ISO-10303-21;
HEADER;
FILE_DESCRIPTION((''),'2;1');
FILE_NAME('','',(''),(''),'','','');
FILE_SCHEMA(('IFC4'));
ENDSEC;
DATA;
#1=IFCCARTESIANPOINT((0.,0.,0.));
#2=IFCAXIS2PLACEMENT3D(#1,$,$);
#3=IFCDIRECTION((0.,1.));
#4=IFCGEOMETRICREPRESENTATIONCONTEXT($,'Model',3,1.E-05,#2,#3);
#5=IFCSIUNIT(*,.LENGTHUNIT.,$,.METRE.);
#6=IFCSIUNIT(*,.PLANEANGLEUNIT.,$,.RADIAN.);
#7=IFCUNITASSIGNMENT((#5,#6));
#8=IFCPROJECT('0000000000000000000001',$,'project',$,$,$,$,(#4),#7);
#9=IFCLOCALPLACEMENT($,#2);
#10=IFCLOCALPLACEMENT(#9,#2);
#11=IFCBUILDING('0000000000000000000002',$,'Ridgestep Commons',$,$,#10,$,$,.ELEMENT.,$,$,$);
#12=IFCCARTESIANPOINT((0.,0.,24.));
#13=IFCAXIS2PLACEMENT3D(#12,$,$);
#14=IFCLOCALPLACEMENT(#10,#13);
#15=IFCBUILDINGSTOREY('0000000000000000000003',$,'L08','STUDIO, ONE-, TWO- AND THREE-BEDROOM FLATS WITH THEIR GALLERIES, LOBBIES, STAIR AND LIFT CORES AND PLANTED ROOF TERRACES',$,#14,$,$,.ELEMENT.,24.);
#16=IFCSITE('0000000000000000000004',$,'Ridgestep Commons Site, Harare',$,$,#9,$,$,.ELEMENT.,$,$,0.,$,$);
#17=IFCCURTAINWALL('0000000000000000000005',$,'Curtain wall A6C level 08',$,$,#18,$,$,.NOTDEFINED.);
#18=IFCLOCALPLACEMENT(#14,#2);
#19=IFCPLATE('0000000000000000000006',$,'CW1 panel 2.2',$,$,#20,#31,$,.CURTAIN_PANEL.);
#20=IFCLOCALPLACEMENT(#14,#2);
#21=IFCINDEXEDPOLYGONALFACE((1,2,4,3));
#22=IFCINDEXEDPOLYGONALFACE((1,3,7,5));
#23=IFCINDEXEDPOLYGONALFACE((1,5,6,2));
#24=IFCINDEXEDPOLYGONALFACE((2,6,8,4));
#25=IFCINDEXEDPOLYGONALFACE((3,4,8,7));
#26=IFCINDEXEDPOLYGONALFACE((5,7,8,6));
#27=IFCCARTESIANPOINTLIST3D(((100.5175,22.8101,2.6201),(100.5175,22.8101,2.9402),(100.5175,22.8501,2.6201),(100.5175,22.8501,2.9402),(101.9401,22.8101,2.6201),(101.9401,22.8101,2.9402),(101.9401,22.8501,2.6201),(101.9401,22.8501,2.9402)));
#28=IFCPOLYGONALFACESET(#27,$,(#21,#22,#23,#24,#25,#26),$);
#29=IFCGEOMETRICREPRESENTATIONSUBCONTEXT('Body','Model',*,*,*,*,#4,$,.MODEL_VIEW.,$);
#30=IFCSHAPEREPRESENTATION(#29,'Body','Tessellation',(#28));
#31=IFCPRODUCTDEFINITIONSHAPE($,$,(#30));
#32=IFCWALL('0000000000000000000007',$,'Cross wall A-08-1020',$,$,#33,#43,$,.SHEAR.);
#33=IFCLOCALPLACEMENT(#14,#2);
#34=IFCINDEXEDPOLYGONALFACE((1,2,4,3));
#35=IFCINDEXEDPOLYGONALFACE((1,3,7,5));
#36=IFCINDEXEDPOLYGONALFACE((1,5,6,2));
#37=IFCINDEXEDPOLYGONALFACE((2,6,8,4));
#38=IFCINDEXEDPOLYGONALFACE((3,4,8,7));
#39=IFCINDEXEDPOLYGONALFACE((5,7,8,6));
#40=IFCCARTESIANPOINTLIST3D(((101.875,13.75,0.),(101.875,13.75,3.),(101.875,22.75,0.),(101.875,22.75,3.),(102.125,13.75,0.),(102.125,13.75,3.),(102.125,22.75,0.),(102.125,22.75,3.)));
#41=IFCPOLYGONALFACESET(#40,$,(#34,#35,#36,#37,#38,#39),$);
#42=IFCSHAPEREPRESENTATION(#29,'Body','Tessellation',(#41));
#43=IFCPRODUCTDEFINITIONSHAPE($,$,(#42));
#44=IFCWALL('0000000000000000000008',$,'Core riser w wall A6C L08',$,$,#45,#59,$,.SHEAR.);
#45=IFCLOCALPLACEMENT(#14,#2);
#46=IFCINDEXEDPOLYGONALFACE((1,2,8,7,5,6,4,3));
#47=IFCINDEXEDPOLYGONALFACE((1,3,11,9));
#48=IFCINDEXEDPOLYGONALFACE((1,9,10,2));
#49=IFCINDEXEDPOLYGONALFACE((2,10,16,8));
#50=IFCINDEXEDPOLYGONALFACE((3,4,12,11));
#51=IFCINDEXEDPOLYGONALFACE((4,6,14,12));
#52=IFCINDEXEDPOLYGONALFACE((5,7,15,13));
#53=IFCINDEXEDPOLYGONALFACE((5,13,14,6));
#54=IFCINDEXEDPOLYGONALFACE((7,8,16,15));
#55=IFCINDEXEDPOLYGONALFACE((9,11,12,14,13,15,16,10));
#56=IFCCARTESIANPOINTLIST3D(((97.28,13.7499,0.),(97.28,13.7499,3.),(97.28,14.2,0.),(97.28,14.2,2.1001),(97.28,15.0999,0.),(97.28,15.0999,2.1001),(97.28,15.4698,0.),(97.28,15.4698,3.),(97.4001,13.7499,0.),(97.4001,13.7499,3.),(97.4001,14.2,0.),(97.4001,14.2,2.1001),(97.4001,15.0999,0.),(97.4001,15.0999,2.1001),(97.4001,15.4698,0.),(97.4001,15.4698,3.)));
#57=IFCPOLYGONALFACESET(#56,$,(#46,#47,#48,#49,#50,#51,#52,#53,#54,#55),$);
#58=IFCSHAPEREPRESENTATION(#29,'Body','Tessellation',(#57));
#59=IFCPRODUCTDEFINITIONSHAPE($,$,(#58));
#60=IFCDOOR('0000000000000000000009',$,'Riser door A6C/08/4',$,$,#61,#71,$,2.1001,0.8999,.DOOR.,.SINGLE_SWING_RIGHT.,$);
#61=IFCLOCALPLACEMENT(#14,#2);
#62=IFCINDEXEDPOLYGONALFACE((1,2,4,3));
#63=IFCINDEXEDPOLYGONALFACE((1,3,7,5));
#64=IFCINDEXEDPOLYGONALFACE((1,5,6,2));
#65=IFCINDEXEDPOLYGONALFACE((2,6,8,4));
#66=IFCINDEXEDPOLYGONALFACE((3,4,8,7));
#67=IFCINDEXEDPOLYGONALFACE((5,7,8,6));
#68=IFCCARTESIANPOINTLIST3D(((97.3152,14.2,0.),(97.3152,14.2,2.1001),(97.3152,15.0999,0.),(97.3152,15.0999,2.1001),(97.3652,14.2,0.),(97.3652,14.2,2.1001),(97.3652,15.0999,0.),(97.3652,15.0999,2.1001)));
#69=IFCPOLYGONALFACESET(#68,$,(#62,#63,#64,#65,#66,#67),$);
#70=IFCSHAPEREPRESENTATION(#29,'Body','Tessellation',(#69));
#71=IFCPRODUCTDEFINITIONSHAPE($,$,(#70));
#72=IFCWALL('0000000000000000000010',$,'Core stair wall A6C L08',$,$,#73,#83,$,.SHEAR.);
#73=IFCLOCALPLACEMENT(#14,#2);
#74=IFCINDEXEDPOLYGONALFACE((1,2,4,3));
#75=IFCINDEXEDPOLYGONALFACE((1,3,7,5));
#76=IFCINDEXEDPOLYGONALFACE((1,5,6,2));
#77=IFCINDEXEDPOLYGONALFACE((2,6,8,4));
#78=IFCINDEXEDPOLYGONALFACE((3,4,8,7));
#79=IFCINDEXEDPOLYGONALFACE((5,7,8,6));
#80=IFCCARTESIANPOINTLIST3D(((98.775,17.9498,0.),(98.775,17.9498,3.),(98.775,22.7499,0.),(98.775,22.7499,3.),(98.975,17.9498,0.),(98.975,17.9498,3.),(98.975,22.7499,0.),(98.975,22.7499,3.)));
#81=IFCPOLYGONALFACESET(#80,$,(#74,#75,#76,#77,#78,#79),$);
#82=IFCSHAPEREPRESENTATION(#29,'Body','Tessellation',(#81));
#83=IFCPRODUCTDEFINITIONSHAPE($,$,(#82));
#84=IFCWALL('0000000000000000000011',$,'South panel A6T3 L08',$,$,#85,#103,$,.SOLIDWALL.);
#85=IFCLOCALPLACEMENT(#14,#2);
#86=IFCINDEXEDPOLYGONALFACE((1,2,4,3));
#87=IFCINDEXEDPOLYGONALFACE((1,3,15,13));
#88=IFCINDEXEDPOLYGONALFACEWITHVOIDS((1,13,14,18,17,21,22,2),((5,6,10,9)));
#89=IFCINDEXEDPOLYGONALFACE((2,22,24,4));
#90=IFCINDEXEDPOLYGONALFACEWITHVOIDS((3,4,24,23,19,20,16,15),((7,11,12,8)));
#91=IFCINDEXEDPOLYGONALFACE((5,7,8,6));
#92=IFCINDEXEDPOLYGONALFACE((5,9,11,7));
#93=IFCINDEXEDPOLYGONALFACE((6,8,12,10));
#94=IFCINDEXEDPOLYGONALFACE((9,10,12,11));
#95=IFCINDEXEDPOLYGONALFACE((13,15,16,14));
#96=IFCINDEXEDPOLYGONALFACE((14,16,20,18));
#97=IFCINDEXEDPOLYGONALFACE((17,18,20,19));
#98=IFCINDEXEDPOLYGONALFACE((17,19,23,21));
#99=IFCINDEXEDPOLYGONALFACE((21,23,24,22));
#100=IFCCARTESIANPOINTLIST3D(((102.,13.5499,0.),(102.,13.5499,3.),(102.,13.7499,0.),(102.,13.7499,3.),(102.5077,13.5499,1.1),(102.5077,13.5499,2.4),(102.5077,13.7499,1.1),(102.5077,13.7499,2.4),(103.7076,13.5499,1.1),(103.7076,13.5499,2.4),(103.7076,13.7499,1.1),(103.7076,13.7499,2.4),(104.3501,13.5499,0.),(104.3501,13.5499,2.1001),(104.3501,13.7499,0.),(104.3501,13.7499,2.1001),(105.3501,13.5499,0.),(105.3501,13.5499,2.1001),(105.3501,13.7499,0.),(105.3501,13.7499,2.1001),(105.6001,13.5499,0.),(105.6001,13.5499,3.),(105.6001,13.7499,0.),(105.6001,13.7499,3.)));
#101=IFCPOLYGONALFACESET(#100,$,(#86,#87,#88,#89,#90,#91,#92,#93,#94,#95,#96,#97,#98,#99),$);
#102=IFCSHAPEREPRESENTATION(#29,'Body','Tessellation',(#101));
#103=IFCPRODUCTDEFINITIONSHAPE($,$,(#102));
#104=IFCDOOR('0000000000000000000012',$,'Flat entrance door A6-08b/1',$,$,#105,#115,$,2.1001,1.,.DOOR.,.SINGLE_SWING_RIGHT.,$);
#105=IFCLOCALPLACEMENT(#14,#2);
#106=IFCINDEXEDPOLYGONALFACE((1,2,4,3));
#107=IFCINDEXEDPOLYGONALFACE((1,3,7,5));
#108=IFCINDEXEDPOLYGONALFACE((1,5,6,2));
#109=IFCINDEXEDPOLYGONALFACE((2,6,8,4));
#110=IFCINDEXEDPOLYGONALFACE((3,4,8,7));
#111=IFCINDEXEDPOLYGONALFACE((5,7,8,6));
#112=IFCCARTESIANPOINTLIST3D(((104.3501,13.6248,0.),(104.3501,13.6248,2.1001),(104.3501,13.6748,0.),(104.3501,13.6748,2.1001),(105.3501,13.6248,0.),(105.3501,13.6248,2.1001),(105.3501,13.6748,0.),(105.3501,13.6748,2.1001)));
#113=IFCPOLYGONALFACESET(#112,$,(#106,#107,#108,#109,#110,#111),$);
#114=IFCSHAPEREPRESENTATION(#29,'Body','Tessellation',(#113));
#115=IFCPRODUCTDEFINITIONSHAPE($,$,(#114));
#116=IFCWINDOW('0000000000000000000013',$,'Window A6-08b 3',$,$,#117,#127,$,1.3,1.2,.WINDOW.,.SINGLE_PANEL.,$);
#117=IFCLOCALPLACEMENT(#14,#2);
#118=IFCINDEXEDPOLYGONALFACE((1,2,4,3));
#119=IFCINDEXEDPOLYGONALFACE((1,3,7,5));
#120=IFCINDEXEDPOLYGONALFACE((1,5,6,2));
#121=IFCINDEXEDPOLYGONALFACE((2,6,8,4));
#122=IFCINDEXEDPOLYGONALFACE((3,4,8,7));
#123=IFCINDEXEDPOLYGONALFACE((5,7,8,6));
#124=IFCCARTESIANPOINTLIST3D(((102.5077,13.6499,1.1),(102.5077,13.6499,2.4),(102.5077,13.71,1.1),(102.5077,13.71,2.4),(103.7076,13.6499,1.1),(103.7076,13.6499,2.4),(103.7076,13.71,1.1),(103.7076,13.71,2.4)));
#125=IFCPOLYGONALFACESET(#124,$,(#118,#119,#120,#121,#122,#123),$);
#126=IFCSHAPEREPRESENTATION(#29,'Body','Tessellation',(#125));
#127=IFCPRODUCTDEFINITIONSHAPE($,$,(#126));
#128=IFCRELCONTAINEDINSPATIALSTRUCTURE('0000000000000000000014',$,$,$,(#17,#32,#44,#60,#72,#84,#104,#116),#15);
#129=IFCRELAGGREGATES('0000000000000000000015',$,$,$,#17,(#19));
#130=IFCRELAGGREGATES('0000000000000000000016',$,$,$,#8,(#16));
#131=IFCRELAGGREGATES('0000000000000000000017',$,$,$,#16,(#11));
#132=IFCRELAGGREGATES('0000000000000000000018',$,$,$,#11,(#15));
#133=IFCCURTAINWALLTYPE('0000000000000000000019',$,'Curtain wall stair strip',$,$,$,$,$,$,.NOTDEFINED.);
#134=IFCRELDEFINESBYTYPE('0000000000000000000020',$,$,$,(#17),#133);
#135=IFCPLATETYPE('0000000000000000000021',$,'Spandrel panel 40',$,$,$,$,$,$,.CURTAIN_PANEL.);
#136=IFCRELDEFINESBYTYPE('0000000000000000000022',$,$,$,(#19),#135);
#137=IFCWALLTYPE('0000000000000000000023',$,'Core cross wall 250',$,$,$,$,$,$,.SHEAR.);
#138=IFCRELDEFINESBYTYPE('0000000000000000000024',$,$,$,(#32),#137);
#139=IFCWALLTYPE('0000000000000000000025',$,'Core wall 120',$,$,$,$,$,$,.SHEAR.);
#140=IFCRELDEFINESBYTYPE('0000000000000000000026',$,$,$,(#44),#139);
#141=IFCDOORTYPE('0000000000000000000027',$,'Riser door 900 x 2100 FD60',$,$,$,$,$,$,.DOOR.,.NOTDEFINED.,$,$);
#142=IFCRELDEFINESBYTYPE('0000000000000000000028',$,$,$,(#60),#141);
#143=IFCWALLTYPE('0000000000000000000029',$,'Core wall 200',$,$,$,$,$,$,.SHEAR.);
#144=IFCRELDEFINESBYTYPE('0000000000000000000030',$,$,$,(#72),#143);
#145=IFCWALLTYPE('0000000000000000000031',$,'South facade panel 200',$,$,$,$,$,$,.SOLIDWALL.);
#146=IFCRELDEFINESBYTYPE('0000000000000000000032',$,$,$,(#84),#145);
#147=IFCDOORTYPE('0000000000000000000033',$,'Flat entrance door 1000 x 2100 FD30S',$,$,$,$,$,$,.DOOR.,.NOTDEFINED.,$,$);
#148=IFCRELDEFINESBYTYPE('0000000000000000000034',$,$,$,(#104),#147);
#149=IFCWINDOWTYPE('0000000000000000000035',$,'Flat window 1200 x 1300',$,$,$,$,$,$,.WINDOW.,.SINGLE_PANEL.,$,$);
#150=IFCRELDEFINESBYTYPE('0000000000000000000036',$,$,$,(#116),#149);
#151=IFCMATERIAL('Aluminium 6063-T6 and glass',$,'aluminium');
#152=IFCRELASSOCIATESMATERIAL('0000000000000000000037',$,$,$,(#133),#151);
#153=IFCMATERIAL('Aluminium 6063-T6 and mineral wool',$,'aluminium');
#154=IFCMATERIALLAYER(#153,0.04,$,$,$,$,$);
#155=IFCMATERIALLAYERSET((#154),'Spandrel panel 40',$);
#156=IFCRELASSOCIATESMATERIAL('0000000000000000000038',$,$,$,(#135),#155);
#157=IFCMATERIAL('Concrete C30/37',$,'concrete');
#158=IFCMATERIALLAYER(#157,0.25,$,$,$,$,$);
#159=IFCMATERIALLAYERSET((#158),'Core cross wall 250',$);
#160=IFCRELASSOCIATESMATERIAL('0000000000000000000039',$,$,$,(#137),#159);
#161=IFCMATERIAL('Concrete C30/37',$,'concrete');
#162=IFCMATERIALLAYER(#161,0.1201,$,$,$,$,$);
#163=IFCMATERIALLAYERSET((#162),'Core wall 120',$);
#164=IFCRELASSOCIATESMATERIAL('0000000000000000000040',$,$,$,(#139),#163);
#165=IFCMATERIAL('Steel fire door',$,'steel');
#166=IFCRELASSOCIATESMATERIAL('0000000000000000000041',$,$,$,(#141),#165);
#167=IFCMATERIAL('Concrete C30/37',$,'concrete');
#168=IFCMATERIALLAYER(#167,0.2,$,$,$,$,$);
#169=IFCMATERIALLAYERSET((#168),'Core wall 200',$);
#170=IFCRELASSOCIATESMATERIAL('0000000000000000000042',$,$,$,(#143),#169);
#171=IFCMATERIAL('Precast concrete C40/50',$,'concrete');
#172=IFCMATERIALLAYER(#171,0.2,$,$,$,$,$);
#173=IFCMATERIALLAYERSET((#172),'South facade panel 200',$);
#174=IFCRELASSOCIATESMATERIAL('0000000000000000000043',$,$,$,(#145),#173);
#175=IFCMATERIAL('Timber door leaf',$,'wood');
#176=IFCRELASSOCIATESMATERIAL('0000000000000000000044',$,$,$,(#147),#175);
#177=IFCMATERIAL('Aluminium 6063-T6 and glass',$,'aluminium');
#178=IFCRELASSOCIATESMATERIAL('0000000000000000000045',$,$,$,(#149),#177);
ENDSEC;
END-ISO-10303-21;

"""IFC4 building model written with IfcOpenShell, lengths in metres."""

from ifc_helpers import new_model, si_unit, direction, frame, frame_2d, origin, origin_2d, place, context, subcontext, project, spatial, rectangle, extrude, material, layer, layer_set, type_object, element, fill, aggregate, save


model = new_model("IFC4")

# Units and contexts
model_context = context("Model", 3, precision=1e-05, world=origin(), true_north=direction((0.0, 1.0)))
body_context = subcontext(model_context, "Body", "Model", "MODEL_VIEW")
ifc_project = project(units=[si_unit("LENGTHUNIT", "METRE"), si_unit("PLANEANGLEUNIT", "RADIAN")], contexts=[model_context])

# Site, building, storey
site_placement = place(None, origin())
site = spatial("IfcSite", under=ifc_project, at=site_placement, Name="Ridgestep Commons Site, Harare", CompositionType="ELEMENT", RefElevation=0.0)
building_placement = place(site_placement, origin())
building = spatial("IfcBuilding", under=site, at=building_placement, Name="Ridgestep Commons", CompositionType="ELEMENT")
storey_placement = place(building_placement, frame((0.0, 0.0, 24.0)))
storey = spatial("IfcBuildingStorey", under=building, at=storey_placement, Name="L08", Description="STUDIO, ONE-, TWO- AND THREE-BEDROOM FLATS WITH THEIR GALLERIES, LOBBIES, STAIR AND LIFT CORES AND PLANTED ROOF TERRACES", CompositionType="ELEMENT", Elevation=24.0)

# Curtain wall, plate
ifc_material_1 = material(Name="Aluminium 6063-T6 and glass", Category="aluminium")
curtain_wall_type = type_object("IfcCurtainWallType", Name="Curtain wall stair strip", PredefinedType="NOTDEFINED", material=ifc_material_1)
curtain_wall_placement = place(storey_placement, origin())
curtain_wall = element("IfcCurtainWall", 1, at=curtain_wall_placement, inside=storey, type_object=curtain_wall_type, Name="Curtain wall A6C level 08", PredefinedType="NOTDEFINED")
ifc_material_2 = material(Name="Aluminium 6063-T6 and mineral wool", Category="aluminium")
ifc_layer_1 = layer(ifc_material_2, 0.04)
ifc_layer_set_1 = layer_set([ifc_layer_1], Name="Spandrel panel 40")
plate_type_1 = type_object("IfcPlateType", Name="Spandrel panel 40", PredefinedType="CURTAIN_PANEL", material=ifc_layer_set_1)
plate_1_placement = place(storey_placement, frame((101.2288, 22.8301, 2.6201), z_axis=(0.0, 0.0, 1.0), x_axis=(1.0, 0.0, 0.0)))
plate_1 = element("IfcPlate", 2, at=plate_1_placement, type_object=plate_type_1, Name="CW1 panel 2.2", PredefinedType="CURTAIN_PANEL", context=body_context, shape_type="SweptSolid", body=[
    extrude(rectangle(XDim=1.4226, YDim=0.04, at=origin_2d()), origin(), (0.0, 0.0, 1.0), 0.3201),
])
aggregate(curtain_wall, [plate_1])

# Wall
ifc_material_3 = material(Name="Concrete C30/37", Category="concrete")
ifc_layer_2 = layer(ifc_material_3, 0.25)
ifc_layer_set_2 = layer_set([ifc_layer_2], Name="Core cross wall 250")
wall_type_1 = type_object("IfcWallType", Name="Core cross wall 250", PredefinedType="SHEAR", material=ifc_layer_set_2)
wall_1_placement = place(storey_placement, frame((102.0, 13.75, 0.0), z_axis=(0.0, 0.0, 1.0), x_axis=(0.0, 1.0, 0.0)))
element("IfcWall", 3, at=wall_1_placement, inside=storey, type_object=wall_type_1, Name="Cross wall A-08-1020", PredefinedType="SHEAR", context=body_context, shape_type="SweptSolid", body=[
    extrude(rectangle(XDim=9.0, YDim=0.25, at=frame_2d((4.5, 0.0))), origin(), (0.0, 0.0, 1.0), 3.0),
])

# Wall, opening, door
ifc_material_4 = material(Name="Concrete C30/37", Category="concrete")
ifc_layer_3 = layer(ifc_material_4, 0.1201)
ifc_layer_set_3 = layer_set([ifc_layer_3], Name="Core wall 120")
wall_type_2 = type_object("IfcWallType", Name="Core wall 120", PredefinedType="SHEAR", material=ifc_layer_set_3)
wall_2_placement = place(storey_placement, frame((97.3401, 13.75, 0.0), z_axis=(0.0, 0.0, 1.0), x_axis=(0.0, 1.0, 0.0)))
wall_2 = element("IfcWall", 4, at=wall_2_placement, inside=storey, type_object=wall_type_2, Name="Core riser w wall A6C L08", PredefinedType="SHEAR", context=body_context, shape_type="SweptSolid", body=[
    extrude(rectangle(XDim=1.72, YDim=0.1201, at=frame_2d((0.8599, 0.0))), origin(), (0.0, 0.0, 1.0), 3.0),
])
opening_1_placement = place(wall_2_placement, frame((0.45, 0.0, 0.0)))
opening_1 = element("IfcOpeningElement", 5, at=opening_1_placement, cuts=wall_2, PredefinedType="OPENING", context=body_context, shape_type="SweptSolid", body=[
    extrude(rectangle(XDim=0.8999, YDim=2.1001, at=frame_2d((0.45, 1.05))), frame((0.0, 0.0701, 0.0), z_axis=(0.0, -1.0, 0.0), x_axis=(1.0, 0.0, 0.0)), (0.0, 0.0, 1.0), 0.1401),
])
ifc_material_5 = material(Name="Steel fire door", Category="steel")
door_type_1 = type_object("IfcDoorType", Name="Riser door 900 x 2100 FD60", OperationType="NOTDEFINED", PredefinedType="DOOR", material=ifc_material_5)
door_1_placement = place(opening_1_placement, origin())
door_1 = element("IfcDoor", 6, at=door_1_placement, inside=storey, type_object=door_type_1, Name="Riser door A6C/08/4", OperationType="SINGLE_SWING_RIGHT", OverallHeight=2.1001, OverallWidth=0.8999, PredefinedType="DOOR", context=body_context, shape_type="SweptSolid", body=[
    extrude(rectangle(XDim=0.8999, YDim=2.1001, at=frame_2d((0.45, 1.05))), frame((0.0, 0.0249, 0.0), z_axis=(0.0, -1.0, 0.0), x_axis=(1.0, 0.0, 0.0)), (0.0, 0.0, 1.0), 0.05),
])
fill(opening_1, door_1)

# Wall
ifc_material_6 = material(Name="Concrete C30/37", Category="concrete")
ifc_layer_4 = layer(ifc_material_6, 0.2)
ifc_layer_set_4 = layer_set([ifc_layer_4], Name="Core wall 200")
wall_type_3 = type_object("IfcWallType", Name="Core wall 200", PredefinedType="SHEAR", material=ifc_layer_set_4)
wall_3_placement = place(storey_placement, frame((98.875, 17.95, 0.0), z_axis=(0.0, 0.0, 1.0), x_axis=(0.0, 1.0, 0.0)))
element("IfcWall", 7, at=wall_3_placement, inside=storey, type_object=wall_type_3, Name="Core stair wall A6C L08", PredefinedType="SHEAR", context=body_context, shape_type="SweptSolid", body=[
    extrude(rectangle(XDim=4.8, YDim=0.2, at=frame_2d((2.3999, 0.0))), origin(), (0.0, 0.0, 1.0), 3.0),
])

# Wall, openings, door, window
ifc_material_7 = material(Name="Precast concrete C40/50", Category="concrete")
ifc_layer_5 = layer(ifc_material_7, 0.2)
ifc_layer_set_5 = layer_set([ifc_layer_5], Name="South facade panel 200")
wall_type_4 = type_object("IfcWallType", Name="South facade panel 200", PredefinedType="SOLIDWALL", material=ifc_layer_set_5)
wall_4_placement = place(storey_placement, frame((102.0, 13.6499, 0.0), z_axis=(0.0, 0.0, 1.0), x_axis=(1.0, 0.0, 0.0)))
wall_4 = element("IfcWall", 8, at=wall_4_placement, inside=storey, type_object=wall_type_4, Name="South panel A6T3 L08", PredefinedType="SOLIDWALL", context=body_context, shape_type="SweptSolid", body=[
    extrude(rectangle(XDim=3.6001, YDim=0.2, at=frame_2d((1.8, 0.0))), origin(), (0.0, 0.0, 1.0), 3.0),
])
opening_2_placement = place(wall_4_placement, frame((0.5076, 0.0, 1.1001)))
opening_2 = element("IfcOpeningElement", 9, at=opening_2_placement, cuts=wall_4, PredefinedType="OPENING", context=body_context, shape_type="SweptSolid", body=[
    extrude(rectangle(XDim=1.2, YDim=1.3, at=frame_2d((0.6001, 0.6499))), frame((0.0, 0.1099, 0.0), z_axis=(0.0, -1.0, 0.0), x_axis=(1.0, 0.0, 0.0)), (0.0, 0.0, 1.0), 0.22),
])
opening_3_placement = place(wall_4_placement, frame((2.3501, 0.0, 0.0)))
opening_3 = element("IfcOpeningElement", 10, at=opening_3_placement, cuts=wall_4, PredefinedType="OPENING", context=body_context, shape_type="SweptSolid", body=[
    extrude(rectangle(XDim=1.0, YDim=2.1001, at=frame_2d((0.5, 1.05))), frame((0.0, 0.1099, 0.0), z_axis=(0.0, -1.0, 0.0), x_axis=(1.0, 0.0, 0.0)), (0.0, 0.0, 1.0), 0.22),
])
ifc_material_8 = material(Name="Timber door leaf", Category="wood")
door_type_2 = type_object("IfcDoorType", Name="Flat entrance door 1000 x 2100 FD30S", OperationType="NOTDEFINED", PredefinedType="DOOR", material=ifc_material_8)
door_2_placement = place(opening_3_placement, origin())
door_2 = element("IfcDoor", 11, at=door_2_placement, inside=storey, type_object=door_type_2, Name="Flat entrance door A6-08b/1", OperationType="SINGLE_SWING_RIGHT", OverallHeight=2.1001, OverallWidth=1.0, PredefinedType="DOOR", context=body_context, shape_type="SweptSolid", body=[
    extrude(rectangle(XDim=1.0, YDim=2.1001, at=frame_2d((0.5, 1.05))), frame((0.0, 0.0249, 0.0), z_axis=(0.0, -1.0, 0.0), x_axis=(1.0, 0.0, 0.0)), (0.0, 0.0, 1.0), 0.05),
])
fill(opening_3, door_2)
ifc_material_9 = material(Name="Aluminium 6063-T6 and glass", Category="aluminium")
window_type = type_object("IfcWindowType", Name="Flat window 1200 x 1300", PartitioningType="SINGLE_PANEL", PredefinedType="WINDOW", material=ifc_material_9)
window_placement = place(opening_2_placement, origin())
window = element("IfcWindow", 12, at=window_placement, inside=storey, type_object=window_type, Name="Window A6-08b 3", OverallHeight=1.3, OverallWidth=1.2, PartitioningType="SINGLE_PANEL", PredefinedType="WINDOW", context=body_context, shape_type="SweptSolid", body=[
    extrude(rectangle(XDim=1.2, YDim=1.3, at=frame_2d((0.6001, 0.6499))), frame((0.0, 0.0601, 0.0), z_axis=(0.0, -1.0, 0.0), x_axis=(1.0, 0.0, 0.0)), (0.0, 0.0, 1.0), 0.0601),
])
fill(opening_2, window)

save(model, "model.ifc")
